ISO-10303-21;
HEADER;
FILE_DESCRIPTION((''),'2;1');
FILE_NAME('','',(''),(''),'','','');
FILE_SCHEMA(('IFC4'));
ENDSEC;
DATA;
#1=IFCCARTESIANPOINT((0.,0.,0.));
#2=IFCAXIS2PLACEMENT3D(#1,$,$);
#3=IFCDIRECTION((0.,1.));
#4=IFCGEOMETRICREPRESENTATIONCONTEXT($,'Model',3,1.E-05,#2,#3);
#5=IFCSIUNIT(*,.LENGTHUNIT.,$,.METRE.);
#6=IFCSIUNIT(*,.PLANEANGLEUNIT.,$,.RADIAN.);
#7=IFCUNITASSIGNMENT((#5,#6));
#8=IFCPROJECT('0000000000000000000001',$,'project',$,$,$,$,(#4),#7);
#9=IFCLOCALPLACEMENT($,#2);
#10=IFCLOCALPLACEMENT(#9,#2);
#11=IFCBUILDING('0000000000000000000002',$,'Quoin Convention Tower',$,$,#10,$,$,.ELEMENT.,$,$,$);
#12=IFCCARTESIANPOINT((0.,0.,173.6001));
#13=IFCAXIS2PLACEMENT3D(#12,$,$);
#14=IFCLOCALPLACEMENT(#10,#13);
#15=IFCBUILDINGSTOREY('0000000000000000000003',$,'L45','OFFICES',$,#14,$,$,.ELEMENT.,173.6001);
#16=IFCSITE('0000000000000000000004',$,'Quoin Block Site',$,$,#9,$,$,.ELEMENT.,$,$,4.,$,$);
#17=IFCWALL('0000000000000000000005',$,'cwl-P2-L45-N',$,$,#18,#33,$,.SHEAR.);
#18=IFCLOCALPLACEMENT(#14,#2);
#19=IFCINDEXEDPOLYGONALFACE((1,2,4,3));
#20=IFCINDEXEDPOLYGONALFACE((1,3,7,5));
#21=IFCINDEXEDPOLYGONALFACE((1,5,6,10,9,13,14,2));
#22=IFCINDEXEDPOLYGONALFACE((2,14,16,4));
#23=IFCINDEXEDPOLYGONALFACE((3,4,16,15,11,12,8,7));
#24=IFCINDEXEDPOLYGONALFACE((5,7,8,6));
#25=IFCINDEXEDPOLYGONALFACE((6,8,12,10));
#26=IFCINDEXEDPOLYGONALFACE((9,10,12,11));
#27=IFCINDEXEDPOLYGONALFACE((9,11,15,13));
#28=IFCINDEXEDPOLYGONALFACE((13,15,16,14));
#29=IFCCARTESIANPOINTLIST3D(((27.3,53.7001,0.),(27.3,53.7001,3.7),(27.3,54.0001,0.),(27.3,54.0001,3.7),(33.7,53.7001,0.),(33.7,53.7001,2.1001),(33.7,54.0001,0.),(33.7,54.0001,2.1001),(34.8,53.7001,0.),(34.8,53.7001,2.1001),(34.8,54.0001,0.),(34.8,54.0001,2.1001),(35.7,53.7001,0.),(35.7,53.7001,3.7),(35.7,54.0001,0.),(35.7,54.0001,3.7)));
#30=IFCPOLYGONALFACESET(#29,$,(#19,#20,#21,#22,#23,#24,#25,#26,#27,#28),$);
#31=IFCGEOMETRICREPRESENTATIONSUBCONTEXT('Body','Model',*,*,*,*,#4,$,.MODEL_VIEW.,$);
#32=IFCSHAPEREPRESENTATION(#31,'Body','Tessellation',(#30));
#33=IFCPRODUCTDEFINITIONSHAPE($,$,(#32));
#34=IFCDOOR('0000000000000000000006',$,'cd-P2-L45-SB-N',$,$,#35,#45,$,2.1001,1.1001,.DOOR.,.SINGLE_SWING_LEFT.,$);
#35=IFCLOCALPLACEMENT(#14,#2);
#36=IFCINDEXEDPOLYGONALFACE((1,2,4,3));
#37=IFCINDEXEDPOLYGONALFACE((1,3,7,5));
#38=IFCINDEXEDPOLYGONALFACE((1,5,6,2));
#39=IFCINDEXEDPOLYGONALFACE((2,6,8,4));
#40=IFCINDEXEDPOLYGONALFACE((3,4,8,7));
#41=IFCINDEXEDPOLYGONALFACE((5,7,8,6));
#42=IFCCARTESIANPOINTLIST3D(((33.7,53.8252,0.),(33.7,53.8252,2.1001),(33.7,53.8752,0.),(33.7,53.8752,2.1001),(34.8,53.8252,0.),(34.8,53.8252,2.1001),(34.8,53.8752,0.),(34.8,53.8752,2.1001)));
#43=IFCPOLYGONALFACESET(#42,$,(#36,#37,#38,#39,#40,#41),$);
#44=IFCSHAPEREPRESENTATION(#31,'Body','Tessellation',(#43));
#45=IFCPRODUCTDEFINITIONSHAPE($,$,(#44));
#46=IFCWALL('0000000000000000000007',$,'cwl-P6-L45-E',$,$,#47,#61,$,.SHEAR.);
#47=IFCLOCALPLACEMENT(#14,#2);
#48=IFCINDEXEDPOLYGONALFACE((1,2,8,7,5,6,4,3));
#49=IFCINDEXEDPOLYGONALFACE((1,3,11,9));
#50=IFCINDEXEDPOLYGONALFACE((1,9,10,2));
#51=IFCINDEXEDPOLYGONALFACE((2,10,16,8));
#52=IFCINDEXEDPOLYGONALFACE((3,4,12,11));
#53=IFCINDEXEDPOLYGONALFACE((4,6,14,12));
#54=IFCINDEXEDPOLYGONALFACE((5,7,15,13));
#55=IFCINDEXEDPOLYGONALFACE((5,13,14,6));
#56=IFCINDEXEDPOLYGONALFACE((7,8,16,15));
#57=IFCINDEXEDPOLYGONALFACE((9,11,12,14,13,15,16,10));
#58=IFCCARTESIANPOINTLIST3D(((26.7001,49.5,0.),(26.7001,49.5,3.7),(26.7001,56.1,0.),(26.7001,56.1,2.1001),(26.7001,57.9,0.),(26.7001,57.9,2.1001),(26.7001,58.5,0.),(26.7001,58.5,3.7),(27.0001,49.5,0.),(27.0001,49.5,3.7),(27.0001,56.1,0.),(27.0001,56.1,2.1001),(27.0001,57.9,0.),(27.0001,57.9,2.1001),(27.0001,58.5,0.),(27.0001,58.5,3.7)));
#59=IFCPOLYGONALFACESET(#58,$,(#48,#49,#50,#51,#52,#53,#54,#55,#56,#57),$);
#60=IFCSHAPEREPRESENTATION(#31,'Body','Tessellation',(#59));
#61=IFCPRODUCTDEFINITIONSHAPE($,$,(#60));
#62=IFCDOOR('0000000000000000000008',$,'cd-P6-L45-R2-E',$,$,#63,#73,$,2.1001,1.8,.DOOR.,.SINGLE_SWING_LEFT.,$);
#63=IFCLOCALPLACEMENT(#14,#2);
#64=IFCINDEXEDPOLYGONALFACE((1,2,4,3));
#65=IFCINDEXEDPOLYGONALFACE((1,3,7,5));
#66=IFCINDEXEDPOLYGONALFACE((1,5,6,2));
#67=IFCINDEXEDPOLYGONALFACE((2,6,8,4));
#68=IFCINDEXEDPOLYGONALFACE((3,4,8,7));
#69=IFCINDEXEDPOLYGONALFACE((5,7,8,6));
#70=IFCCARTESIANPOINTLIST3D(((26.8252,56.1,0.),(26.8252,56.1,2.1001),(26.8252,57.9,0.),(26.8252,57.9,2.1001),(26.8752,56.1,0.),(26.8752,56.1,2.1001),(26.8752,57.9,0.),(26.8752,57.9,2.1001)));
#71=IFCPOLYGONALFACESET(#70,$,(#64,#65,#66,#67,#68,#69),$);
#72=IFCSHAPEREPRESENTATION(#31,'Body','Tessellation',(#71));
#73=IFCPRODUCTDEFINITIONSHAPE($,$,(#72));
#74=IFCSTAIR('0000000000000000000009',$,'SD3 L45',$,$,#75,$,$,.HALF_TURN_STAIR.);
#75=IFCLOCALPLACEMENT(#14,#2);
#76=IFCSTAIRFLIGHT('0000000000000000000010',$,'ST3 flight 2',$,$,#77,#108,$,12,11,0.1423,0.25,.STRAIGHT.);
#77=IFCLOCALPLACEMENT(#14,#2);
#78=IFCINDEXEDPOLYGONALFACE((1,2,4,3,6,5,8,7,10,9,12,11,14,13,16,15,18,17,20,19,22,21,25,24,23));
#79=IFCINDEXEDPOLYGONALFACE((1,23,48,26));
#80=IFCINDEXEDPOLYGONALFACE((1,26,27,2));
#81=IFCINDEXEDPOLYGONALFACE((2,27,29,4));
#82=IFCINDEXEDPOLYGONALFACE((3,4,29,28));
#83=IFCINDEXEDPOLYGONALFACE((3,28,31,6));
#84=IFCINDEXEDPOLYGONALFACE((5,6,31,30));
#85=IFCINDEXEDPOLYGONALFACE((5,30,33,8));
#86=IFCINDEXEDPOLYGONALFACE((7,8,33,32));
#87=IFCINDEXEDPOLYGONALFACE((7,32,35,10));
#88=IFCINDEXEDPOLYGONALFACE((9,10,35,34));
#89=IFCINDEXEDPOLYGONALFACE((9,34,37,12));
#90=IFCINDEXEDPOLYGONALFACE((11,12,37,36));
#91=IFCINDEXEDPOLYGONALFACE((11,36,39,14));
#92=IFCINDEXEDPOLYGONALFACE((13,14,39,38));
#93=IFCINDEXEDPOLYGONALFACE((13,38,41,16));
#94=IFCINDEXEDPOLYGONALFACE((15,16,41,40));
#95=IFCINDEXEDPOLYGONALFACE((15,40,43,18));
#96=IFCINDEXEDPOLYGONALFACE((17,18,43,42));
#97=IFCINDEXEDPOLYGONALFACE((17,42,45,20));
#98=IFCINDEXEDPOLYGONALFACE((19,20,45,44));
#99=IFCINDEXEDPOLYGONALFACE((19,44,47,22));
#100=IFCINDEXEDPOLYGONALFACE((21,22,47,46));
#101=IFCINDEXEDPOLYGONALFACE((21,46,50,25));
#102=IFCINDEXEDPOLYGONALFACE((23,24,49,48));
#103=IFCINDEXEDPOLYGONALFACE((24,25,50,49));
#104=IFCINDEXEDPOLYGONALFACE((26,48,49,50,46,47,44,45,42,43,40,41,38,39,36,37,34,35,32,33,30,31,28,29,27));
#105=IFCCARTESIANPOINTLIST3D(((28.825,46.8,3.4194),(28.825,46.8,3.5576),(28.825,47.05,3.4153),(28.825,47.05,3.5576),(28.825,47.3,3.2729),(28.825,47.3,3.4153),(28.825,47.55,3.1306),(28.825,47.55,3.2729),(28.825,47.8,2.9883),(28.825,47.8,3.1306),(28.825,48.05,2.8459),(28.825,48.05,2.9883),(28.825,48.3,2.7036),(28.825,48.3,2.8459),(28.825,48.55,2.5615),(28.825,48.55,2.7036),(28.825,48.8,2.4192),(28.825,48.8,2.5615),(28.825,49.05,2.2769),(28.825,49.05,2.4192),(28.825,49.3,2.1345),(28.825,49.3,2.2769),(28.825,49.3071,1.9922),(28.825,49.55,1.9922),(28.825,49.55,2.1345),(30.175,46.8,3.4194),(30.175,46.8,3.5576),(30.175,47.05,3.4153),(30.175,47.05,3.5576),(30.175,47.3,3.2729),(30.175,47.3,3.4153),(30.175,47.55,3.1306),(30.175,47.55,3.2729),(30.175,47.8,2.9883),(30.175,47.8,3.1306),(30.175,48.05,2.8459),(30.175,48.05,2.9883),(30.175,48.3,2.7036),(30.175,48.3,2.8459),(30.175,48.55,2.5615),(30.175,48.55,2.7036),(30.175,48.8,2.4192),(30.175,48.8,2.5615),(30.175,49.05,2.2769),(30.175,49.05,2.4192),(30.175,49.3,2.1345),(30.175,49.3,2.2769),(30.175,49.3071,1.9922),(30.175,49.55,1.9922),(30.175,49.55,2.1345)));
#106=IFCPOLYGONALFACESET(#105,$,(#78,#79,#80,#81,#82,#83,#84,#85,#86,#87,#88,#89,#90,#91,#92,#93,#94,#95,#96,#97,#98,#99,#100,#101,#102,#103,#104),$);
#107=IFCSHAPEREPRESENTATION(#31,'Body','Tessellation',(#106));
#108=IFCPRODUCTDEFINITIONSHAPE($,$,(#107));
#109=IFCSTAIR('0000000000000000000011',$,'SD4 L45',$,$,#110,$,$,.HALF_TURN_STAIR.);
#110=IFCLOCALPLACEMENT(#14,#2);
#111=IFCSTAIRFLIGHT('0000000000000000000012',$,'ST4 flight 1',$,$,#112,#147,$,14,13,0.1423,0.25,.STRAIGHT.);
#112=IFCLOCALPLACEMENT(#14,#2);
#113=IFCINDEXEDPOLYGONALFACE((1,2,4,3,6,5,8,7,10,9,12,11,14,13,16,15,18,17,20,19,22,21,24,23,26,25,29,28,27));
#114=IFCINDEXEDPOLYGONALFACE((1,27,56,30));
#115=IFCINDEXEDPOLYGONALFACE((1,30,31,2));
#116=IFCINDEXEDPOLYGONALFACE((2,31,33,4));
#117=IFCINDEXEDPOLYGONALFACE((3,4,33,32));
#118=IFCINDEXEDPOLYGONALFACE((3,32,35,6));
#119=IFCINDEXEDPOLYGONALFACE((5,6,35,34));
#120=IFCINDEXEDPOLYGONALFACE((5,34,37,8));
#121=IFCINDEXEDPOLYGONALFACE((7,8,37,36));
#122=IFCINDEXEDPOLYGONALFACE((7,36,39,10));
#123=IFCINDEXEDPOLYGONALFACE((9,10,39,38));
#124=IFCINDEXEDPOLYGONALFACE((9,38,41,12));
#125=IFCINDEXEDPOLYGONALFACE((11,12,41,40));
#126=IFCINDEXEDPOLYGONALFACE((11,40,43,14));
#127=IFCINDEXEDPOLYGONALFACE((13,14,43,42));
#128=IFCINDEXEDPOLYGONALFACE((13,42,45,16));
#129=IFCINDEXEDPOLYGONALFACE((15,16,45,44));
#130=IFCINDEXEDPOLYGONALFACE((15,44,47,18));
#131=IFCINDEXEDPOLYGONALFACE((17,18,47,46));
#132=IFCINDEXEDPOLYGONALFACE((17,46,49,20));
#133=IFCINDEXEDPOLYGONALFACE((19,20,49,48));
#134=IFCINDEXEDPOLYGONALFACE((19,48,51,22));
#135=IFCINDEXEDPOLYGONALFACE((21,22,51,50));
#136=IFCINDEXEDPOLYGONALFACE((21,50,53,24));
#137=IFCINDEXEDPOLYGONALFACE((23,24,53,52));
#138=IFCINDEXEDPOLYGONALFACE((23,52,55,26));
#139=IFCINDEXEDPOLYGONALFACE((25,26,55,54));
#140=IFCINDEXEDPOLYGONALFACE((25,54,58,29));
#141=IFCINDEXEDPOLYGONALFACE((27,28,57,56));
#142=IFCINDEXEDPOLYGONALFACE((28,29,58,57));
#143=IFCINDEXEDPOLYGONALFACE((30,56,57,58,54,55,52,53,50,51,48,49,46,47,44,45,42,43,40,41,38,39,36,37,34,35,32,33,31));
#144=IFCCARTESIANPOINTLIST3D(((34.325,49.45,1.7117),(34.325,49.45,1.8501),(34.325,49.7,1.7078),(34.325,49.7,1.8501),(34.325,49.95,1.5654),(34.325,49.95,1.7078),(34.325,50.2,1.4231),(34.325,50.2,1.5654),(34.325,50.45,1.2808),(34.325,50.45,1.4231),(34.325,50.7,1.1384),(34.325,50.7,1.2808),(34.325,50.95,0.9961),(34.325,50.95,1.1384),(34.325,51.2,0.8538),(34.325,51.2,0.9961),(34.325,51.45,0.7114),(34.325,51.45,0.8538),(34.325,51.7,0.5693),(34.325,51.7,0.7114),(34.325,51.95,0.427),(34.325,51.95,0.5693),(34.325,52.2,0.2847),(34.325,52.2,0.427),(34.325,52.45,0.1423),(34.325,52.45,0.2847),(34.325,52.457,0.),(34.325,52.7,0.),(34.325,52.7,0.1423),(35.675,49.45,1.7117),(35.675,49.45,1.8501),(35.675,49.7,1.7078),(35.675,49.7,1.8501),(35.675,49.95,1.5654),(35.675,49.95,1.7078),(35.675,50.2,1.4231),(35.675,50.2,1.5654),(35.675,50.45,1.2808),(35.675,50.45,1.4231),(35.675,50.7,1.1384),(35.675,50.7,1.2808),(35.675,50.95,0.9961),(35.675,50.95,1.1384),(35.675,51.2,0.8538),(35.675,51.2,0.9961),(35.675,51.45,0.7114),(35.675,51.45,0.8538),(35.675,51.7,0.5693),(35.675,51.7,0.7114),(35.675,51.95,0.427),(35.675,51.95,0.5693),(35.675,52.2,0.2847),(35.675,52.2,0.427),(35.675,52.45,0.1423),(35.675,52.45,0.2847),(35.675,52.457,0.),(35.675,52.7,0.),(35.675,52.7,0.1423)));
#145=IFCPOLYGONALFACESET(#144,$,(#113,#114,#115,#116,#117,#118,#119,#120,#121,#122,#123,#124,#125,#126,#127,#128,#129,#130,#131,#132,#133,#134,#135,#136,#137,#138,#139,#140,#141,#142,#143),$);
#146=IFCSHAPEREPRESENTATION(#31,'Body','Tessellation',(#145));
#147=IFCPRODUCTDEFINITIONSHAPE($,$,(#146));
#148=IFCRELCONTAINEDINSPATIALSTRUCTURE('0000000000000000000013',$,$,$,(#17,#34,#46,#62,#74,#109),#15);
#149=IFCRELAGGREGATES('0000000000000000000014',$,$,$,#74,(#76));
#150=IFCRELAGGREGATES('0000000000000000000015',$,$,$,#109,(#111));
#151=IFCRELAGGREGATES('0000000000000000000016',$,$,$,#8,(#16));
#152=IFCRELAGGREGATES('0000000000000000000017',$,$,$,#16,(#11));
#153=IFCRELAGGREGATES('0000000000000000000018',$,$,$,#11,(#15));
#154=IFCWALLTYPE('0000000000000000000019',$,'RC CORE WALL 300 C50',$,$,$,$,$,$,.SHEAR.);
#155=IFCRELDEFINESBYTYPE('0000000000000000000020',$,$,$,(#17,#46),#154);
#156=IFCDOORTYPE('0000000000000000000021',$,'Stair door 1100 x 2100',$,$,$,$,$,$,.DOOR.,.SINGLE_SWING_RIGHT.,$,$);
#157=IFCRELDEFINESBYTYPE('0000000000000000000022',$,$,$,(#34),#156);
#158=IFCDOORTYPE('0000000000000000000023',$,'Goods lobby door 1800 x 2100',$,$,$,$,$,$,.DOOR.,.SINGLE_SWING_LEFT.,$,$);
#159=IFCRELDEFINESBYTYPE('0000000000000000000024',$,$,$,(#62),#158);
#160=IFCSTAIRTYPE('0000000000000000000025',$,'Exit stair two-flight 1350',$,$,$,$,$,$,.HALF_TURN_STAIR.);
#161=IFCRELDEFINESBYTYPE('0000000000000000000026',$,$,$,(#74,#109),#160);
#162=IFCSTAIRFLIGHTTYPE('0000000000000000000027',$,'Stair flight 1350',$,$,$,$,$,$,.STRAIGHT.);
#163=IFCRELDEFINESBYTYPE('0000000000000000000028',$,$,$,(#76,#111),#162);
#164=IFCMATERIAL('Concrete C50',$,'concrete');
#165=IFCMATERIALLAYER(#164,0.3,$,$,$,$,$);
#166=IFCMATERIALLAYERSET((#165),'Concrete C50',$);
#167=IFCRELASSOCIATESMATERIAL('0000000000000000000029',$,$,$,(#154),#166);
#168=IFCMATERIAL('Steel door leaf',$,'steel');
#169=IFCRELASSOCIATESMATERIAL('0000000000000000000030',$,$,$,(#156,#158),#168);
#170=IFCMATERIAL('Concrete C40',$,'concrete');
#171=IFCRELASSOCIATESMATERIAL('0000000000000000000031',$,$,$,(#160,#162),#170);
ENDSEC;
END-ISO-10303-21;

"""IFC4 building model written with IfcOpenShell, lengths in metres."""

from ifc_helpers import new_model, si_unit, direction, frame, frame_2d, origin, place, context, subcontext, project, spatial, polyline, rectangle, outline, extrude, material, layer, layer_set, type_object, element, fill, aggregate, save


model = new_model("IFC4")

# Units and contexts
model_context = context("Model", 3, precision=1e-05, world=origin(), true_north=direction((0.0, 1.0)))
body_context = subcontext(model_context, "Body", "Model", "MODEL_VIEW")
ifc_project = project(units=[si_unit("LENGTHUNIT", "METRE"), si_unit("PLANEANGLEUNIT", "RADIAN")], contexts=[model_context])

# Site, building, storey
site_placement = place(None, origin())
site = spatial("IfcSite", under=ifc_project, at=site_placement, Name="Quoin Block Site", CompositionType="ELEMENT", RefElevation=4.0)
building_placement = place(site_placement, origin())
building = spatial("IfcBuilding", under=site, at=building_placement, Name="Quoin Convention Tower", CompositionType="ELEMENT")
storey_placement = place(building_placement, frame((0.0, 0.0, 173.6001)))
storey = spatial("IfcBuildingStorey", under=building, at=storey_placement, Name="L45", Description="OFFICES", CompositionType="ELEMENT", Elevation=173.6001)

# Shared definitions
ifc_material_1 = material(Name="Concrete C50", Category="concrete")

# Walls, openings, doors
ifc_layer_1 = layer(ifc_material_1, 0.3)
ifc_layer_set_1 = layer_set([ifc_layer_1], Name="Concrete C50")
wall_type_1 = type_object("IfcWallType", Name="RC CORE WALL 300 C50", PredefinedType="SHEAR", material=ifc_layer_set_1)
wall_1_placement = place(storey_placement, frame((27.3, 53.8501, 0.0), z_axis=(0.0, 0.0, 1.0), x_axis=(1.0, 0.0, 0.0)))
wall_1 = element("IfcWall", 1, at=wall_1_placement, inside=storey, type_object=wall_type_1, Name="cwl-P2-L45-N", PredefinedType="SHEAR", context=body_context, shape_type="SweptSolid", body=[
    extrude(rectangle(XDim=8.3999, YDim=0.3, at=frame_2d((4.2, 0.0))), origin(), (0.0, 0.0, 1.0), 3.7),
])
opening_1_placement = place(wall_1_placement, frame((6.3999, 0.0, 0.0)))
opening_1 = element("IfcOpeningElement", 2, at=opening_1_placement, cuts=wall_1, PredefinedType="OPENING", context=body_context, shape_type="SweptSolid", body=[
    extrude(rectangle(XDim=1.1001, YDim=2.1001, at=frame_2d((0.55, 1.05))), frame((0.0, 0.1599, 0.0), z_axis=(0.0, -1.0, 0.0), x_axis=(1.0, 0.0, 0.0)), (0.0, 0.0, 1.0), 0.3201),
])
ifc_material_2 = material(Name="Steel door leaf", Category="steel")
door_type_1 = type_object("IfcDoorType", Name="Stair door 1100 x 2100", OperationType="SINGLE_SWING_RIGHT", PredefinedType="DOOR", material=ifc_material_2)
door_1_placement = place(opening_1_placement, frame((1.1001, 0.0, 0.0), z_axis=(0.0, 0.0, 1.0), x_axis=(-1.0, 0.0, 0.0)))
door_1 = element("IfcDoor", 3, at=door_1_placement, inside=storey, type_object=door_type_1, Name="cd-P2-L45-SB-N", OperationType="SINGLE_SWING_LEFT", OverallHeight=2.1001, OverallWidth=1.1001, PredefinedType="DOOR", context=body_context, shape_type="SweptSolid", body=[
    extrude(rectangle(XDim=1.1001, YDim=2.1001, at=frame_2d((0.55, 1.05))), frame((0.0, 0.0249, 0.0), z_axis=(0.0, -1.0, 0.0), x_axis=(1.0, 0.0, 0.0)), (0.0, 0.0, 1.0), 0.05),
])
fill(opening_1, door_1)
wall_2_placement = place(storey_placement, frame((26.8501, 49.5, 0.0), z_axis=(0.0, 0.0, 1.0), x_axis=(0.0, 1.0, 0.0)))
wall_2 = element("IfcWall", 4, at=wall_2_placement, inside=storey, type_object=wall_type_1, Name="cwl-P6-L45-E", PredefinedType="SHEAR", context=body_context, shape_type="SweptSolid", body=[
    extrude(rectangle(XDim=9.0, YDim=0.3, at=frame_2d((4.5, 0.0))), origin(), (0.0, 0.0, 1.0), 3.7),
])
opening_2_placement = place(wall_2_placement, frame((6.6001, 0.0, 0.0)))
opening_2 = element("IfcOpeningElement", 5, at=opening_2_placement, cuts=wall_2, PredefinedType="OPENING", context=body_context, shape_type="SweptSolid", body=[
    extrude(rectangle(XDim=1.8, YDim=2.1001, at=frame_2d((0.8999, 1.05))), frame((0.0, 0.1599, 0.0), z_axis=(0.0, -1.0, 0.0), x_axis=(1.0, 0.0, 0.0)), (0.0, 0.0, 1.0), 0.3201),
])
door_type_2 = type_object("IfcDoorType", Name="Goods lobby door 1800 x 2100", OperationType="SINGLE_SWING_LEFT", PredefinedType="DOOR", material=ifc_material_2)
door_2_placement = place(opening_2_placement, origin())
door_2 = element("IfcDoor", 6, at=door_2_placement, inside=storey, type_object=door_type_2, Name="cd-P6-L45-R2-E", OperationType="SINGLE_SWING_LEFT", OverallHeight=2.1001, OverallWidth=1.8, PredefinedType="DOOR", context=body_context, shape_type="SweptSolid", body=[
    extrude(rectangle(XDim=1.8, YDim=2.1001, at=frame_2d((0.8999, 1.05))), frame((0.0, 0.0249, 0.0), z_axis=(0.0, -1.0, 0.0), x_axis=(1.0, 0.0, 0.0)), (0.0, 0.0, 1.0), 0.05),
])
fill(opening_2, door_2)

# Stair, stair flight
ifc_material_3 = material(Name="Concrete C40", Category="concrete")
stair_type_1 = type_object("IfcStairType", Name="Exit stair two-flight 1350", PredefinedType="HALF_TURN_STAIR", material=ifc_material_3)
stair_1_placement = place(storey_placement, origin())
stair_1 = element("IfcStair", 7, at=stair_1_placement, inside=storey, type_object=stair_type_1, Name="SD3 L45", PredefinedType="HALF_TURN_STAIR")
stair_flight_type_1 = type_object("IfcStairFlightType", Name="Stair flight 1350", PredefinedType="STRAIGHT", material=ifc_material_3)
stair_flight_1_placement = place(storey_placement, frame((29.5, 49.55, 1.9922), z_axis=(0.0, 0.0, 1.0), x_axis=(0.0, -1.0, 0.0)))
stair_flight_1 = element("IfcStairFlight", 8, at=stair_flight_1_placement, type_object=stair_flight_type_1, Name="ST3 flight 2", NumberOfRisers=12, NumberOfTreads=11, PredefinedType="STRAIGHT", RiserHeight=0.1423, TreadLength=0.25, context=body_context, shape_type="SweptSolid", body=[
    extrude(outline(polyline([(0.0, 0.0), (0.0, 0.1423), (0.25, 0.1423), (0.25, 0.2847), (0.5, 0.2847), (0.5, 0.427), (0.75, 0.427), (0.75, 0.5693), (1.0, 0.5693), (1.0, 0.7114), (1.25, 0.7114), (1.25, 0.8538), (1.5, 0.8538), (1.5, 0.9961), (1.75, 0.9961), (1.75, 1.1384), (2.0, 1.1384), (2.0, 1.2808), (2.25, 1.2808), (2.25, 1.4231), (2.5, 1.4231), (2.5, 1.5654), (2.75, 1.5654), (2.75, 1.7078), (2.75, 1.4272), (0.2429, 0.0), (0.0, 0.0)])), frame((0.0, 0.675, 0.0), z_axis=(0.0, -1.0, 0.0), x_axis=(1.0, 0.0, 0.0)), (0.0, 0.0, 1.0), 1.3501),
])
aggregate(stair_1, [stair_flight_1])

# Stair, stair flight
stair_2_placement = place(storey_placement, origin())
stair_2 = element("IfcStair", 9, at=stair_2_placement, inside=storey, type_object=stair_type_1, Name="SD4 L45", PredefinedType="HALF_TURN_STAIR")
stair_flight_2_placement = place(storey_placement, frame((35.0, 52.7, 0.0), z_axis=(0.0, 0.0, 1.0), x_axis=(0.0, -1.0, 0.0)))
stair_flight_2 = element("IfcStairFlight", 10, at=stair_flight_2_placement, type_object=stair_flight_type_1, Name="ST4 flight 1", NumberOfRisers=14, NumberOfTreads=13, PredefinedType="STRAIGHT", RiserHeight=0.1423, TreadLength=0.25, context=body_context, shape_type="SweptSolid", body=[
    extrude(outline(polyline([(0.0, 0.0), (0.0, 0.1423), (0.25, 0.1423), (0.25, 0.2847), (0.5, 0.2847), (0.5, 0.427), (0.75, 0.427), (0.75, 0.5693), (1.0, 0.5693), (1.0, 0.7114), (1.25, 0.7114), (1.25, 0.8538), (1.5, 0.8538), (1.5, 0.9961), (1.75, 0.9961), (1.75, 1.1384), (2.0, 1.1384), (2.0, 1.2808), (2.25, 1.2808), (2.25, 1.4231), (2.5, 1.4231), (2.5, 1.5654), (2.75, 1.5654), (2.75, 1.7078), (3.0, 1.7078), (3.0, 1.8501), (3.25, 1.8501), (3.25, 1.9922), (3.25, 1.7117), (0.2429, 0.0), (0.0, 0.0)])), frame((0.0, 0.675, 0.0), z_axis=(0.0, -1.0, 0.0), x_axis=(1.0, 0.0, 0.0)), (0.0, 0.0, 1.0), 1.3501),
])
aggregate(stair_2, [stair_flight_2])

save(model, "model.ifc")
